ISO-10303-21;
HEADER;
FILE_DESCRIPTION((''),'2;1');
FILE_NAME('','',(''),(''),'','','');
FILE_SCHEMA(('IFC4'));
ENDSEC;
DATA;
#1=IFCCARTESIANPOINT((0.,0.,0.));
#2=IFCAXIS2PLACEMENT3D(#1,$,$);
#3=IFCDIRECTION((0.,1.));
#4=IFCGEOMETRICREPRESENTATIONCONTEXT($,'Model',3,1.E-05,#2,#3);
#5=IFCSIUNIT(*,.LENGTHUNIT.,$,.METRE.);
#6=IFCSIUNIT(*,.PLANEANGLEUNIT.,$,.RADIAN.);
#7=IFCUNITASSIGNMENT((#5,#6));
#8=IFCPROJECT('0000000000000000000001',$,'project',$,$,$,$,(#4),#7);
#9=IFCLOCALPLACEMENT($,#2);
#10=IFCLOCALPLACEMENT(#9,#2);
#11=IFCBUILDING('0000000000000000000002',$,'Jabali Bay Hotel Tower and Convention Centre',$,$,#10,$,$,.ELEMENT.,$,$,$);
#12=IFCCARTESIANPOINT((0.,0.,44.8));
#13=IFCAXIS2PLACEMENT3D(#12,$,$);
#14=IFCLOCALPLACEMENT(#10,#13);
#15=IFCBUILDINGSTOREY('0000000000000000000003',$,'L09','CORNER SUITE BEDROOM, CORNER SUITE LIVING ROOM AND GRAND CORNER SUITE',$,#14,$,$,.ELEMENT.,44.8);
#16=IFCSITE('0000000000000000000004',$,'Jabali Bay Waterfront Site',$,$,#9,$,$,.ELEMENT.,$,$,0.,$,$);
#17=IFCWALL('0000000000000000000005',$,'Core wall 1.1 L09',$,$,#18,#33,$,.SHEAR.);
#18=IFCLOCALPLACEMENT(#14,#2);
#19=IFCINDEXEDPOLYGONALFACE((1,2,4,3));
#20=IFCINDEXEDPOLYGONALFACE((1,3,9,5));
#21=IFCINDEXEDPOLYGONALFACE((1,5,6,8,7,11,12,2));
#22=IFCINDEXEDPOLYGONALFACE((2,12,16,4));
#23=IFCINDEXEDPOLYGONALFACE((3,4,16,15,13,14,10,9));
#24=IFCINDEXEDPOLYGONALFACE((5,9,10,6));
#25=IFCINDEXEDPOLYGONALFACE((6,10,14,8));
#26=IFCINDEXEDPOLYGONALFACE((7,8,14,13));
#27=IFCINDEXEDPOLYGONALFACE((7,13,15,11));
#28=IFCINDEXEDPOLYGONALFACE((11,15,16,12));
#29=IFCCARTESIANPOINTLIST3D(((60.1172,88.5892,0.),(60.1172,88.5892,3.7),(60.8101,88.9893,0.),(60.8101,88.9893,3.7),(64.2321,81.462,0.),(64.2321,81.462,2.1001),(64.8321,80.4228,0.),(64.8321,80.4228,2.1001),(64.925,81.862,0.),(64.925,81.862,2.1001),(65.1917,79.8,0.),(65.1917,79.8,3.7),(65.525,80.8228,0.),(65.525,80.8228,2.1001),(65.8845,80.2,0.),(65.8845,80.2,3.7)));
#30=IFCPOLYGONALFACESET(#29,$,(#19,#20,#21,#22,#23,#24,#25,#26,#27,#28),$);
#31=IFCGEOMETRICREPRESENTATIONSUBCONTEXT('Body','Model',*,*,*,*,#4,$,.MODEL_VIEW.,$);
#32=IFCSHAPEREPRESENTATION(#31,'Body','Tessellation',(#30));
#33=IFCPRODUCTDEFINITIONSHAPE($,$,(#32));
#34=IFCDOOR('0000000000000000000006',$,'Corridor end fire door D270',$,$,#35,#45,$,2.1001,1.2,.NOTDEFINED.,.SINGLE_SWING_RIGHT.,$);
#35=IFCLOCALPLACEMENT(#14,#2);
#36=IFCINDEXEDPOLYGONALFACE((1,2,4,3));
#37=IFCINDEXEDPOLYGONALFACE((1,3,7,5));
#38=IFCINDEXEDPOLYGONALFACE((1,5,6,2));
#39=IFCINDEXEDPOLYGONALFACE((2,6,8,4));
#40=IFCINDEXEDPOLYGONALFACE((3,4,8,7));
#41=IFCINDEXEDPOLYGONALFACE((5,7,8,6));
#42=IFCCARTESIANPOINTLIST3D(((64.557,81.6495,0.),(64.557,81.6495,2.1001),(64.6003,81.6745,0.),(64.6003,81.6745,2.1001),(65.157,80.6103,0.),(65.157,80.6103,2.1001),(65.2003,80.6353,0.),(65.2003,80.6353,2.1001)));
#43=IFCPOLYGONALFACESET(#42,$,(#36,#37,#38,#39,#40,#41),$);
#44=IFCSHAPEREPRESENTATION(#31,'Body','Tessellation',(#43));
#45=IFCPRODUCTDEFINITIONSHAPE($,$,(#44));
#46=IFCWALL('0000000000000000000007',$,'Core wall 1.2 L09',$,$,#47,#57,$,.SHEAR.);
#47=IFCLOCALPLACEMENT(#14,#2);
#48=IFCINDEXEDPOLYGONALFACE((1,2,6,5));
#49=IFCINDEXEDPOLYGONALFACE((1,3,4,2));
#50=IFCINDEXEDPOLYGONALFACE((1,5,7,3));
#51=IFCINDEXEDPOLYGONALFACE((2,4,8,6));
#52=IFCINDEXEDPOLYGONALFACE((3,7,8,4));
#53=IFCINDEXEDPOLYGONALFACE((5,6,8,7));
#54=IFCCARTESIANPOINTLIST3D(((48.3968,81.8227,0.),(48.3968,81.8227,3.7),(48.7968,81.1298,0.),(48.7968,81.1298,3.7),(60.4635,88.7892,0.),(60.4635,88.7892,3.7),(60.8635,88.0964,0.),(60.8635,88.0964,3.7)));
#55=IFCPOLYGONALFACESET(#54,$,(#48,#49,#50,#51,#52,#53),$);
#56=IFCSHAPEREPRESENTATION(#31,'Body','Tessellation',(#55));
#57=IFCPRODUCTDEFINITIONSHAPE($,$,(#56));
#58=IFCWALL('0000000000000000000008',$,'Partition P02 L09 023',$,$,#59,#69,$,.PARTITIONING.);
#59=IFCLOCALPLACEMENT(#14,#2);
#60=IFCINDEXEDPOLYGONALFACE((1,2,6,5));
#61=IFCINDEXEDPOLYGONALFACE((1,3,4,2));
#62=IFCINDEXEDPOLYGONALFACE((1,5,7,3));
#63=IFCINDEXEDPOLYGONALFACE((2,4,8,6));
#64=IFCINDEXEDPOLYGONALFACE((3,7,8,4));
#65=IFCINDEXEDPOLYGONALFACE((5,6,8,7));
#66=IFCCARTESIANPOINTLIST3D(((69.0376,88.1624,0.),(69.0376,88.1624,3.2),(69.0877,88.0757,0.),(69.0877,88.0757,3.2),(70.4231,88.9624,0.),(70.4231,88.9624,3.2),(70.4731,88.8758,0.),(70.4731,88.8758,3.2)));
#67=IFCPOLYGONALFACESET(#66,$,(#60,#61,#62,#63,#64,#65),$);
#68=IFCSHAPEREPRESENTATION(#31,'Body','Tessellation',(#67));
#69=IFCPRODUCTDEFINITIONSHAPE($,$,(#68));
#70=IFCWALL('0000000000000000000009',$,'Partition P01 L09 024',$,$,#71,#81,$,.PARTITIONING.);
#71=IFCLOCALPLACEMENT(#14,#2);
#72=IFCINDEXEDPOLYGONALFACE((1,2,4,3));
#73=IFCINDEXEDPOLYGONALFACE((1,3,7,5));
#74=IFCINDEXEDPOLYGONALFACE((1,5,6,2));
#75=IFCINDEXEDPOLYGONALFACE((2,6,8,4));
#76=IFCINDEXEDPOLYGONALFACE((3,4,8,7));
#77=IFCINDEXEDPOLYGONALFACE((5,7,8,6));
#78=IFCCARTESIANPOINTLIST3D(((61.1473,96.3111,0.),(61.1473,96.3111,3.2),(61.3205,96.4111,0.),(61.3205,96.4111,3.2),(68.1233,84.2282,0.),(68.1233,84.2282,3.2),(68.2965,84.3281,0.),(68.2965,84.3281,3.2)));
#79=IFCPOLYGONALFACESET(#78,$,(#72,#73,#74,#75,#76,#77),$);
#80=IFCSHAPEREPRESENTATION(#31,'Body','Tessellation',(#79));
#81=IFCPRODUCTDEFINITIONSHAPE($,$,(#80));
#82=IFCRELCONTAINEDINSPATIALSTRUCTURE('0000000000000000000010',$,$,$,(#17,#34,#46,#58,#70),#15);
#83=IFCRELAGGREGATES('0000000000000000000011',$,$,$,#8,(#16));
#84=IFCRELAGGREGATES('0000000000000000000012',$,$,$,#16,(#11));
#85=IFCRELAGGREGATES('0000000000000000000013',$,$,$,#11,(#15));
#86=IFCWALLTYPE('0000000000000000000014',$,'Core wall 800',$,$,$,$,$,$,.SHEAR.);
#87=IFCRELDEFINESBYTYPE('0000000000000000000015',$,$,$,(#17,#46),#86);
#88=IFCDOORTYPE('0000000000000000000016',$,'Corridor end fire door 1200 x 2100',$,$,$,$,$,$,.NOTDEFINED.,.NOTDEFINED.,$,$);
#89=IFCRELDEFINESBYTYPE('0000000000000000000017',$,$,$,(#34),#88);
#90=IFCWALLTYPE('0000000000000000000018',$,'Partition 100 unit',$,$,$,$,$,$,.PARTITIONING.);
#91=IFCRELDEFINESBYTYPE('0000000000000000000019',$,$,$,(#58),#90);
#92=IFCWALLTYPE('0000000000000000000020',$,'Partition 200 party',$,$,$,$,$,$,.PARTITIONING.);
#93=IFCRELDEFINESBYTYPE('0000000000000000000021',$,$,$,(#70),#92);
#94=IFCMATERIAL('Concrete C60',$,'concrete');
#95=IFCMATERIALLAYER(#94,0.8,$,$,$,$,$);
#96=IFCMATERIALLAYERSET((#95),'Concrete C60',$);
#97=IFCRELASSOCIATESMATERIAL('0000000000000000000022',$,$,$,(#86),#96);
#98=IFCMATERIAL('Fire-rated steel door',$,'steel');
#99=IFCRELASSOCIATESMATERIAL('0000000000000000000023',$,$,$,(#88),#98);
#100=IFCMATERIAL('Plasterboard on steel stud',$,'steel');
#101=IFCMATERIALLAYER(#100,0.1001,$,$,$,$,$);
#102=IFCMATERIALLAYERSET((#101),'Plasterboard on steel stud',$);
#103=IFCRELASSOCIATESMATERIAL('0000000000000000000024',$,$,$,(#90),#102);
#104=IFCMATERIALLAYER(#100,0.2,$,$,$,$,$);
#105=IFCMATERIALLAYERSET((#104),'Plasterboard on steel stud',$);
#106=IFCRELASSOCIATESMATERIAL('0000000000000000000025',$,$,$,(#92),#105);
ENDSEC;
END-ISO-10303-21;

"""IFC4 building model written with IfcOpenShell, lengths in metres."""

from ifc_helpers import new_model, si_unit, direction, frame, frame_2d, origin, place, context, subcontext, project, spatial, rectangle, extrude, material, layer, layer_set, type_object, element, fill, save


model = new_model("IFC4")

# Units and contexts
model_context = context("Model", 3, precision=1e-05, world=origin(), true_north=direction((0.0, 1.0)))
body_context = subcontext(model_context, "Body", "Model", "MODEL_VIEW")
ifc_project = project(units=[si_unit("LENGTHUNIT", "METRE"), si_unit("PLANEANGLEUNIT", "RADIAN")], contexts=[model_context])

# Site, building, storey
site_placement = place(None, origin())
site = spatial("IfcSite", under=ifc_project, at=site_placement, Name="Jabali Bay Waterfront Site", CompositionType="ELEMENT", RefElevation=0.0)
building_placement = place(site_placement, origin())
building = spatial("IfcBuilding", under=site, at=building_placement, Name="Jabali Bay Hotel Tower and Convention Centre", CompositionType="ELEMENT")
storey_placement = place(building_placement, frame((0.0, 0.0, 44.8)))
storey = spatial("IfcBuildingStorey", under=building, at=storey_placement, Name="L09", Description="CORNER SUITE BEDROOM, CORNER SUITE LIVING ROOM AND GRAND CORNER SUITE", CompositionType="ELEMENT", Elevation=44.8)

# Shared definitions
ifc_material_1 = material(Name="Fire-rated steel door", Category="steel")

# Wall, opening, door
ifc_material_2 = material(Name="Concrete C60", Category="concrete")
ifc_layer_1 = layer(ifc_material_2, 0.8)
ifc_layer_set_1 = layer_set([ifc_layer_1], Name="Concrete C60")
wall_type_1 = type_object("IfcWallType", Name="Core wall 800", PredefinedType="SHEAR", material=ifc_layer_set_1)
wall_1_placement = place(storey_placement, frame((65.5381, 80.0, 0.0), z_axis=(0.0, 0.0, 1.0), x_axis=(-0.499997, 0.866027, 0.0)))
wall_1 = element("IfcWall", 1, at=wall_1_placement, inside=storey, type_object=wall_type_1, Name="Core wall 1.1 L09", PredefinedType="SHEAR", context=body_context, shape_type="SweptSolid", body=[
    extrude(rectangle(XDim=10.1489, YDim=0.8, at=frame_2d((5.0745, 0.0))), origin(), (0.0, 0.0, 1.0), 3.7),
])
opening_1_placement = place(wall_1_placement, frame((0.719, 0.0, 0.0)))
opening_1 = element("IfcOpeningElement", 2, at=opening_1_placement, cuts=wall_1, PredefinedType="OPENING", context=body_context, shape_type="SweptSolid", body=[
    extrude(rectangle(XDim=1.2, YDim=2.1001, at=frame_2d((0.6001, 1.05))), frame((0.0, 0.4106, 0.0), z_axis=(0.0, -1.0, 0.0), x_axis=(1.0, 0.0, 0.0)), (0.0, 0.0, 1.0), 0.821),
])
door_type_1 = type_object("IfcDoorType", Name="Corridor end fire door 1200 x 2100", OperationType="NOTDEFINED", PredefinedType="NOTDEFINED", material=ifc_material_1)
door_1_placement = place(opening_1_placement, origin())
door_1 = element("IfcDoor", 3, at=door_1_placement, inside=storey, type_object=door_type_1, Name="Corridor end fire door D270", OperationType="SINGLE_SWING_RIGHT", OverallHeight=2.1001, OverallWidth=1.2, PredefinedType="NOTDEFINED", context=body_context, shape_type="SweptSolid", body=[
    extrude(rectangle(XDim=1.2, YDim=2.1001, at=frame_2d((0.6001, 1.05))), frame((0.0, 0.0249, 0.0), z_axis=(0.0, -1.0, 0.0), x_axis=(1.0, 0.0, 0.0)), (0.0, 0.0, 1.0), 0.05),
])
fill(opening_1, door_1)

# Walls
wall_2_placement = place(storey_placement, frame((60.6636, 88.4429, 0.0), z_axis=(0.0, 0.0, 1.0), x_axis=(-0.866029, -0.499993, 0.0)))
element("IfcWall", 4, at=wall_2_placement, inside=storey, type_object=wall_type_1, Name="Core wall 1.2 L09", PredefinedType="SHEAR", context=body_context, shape_type="SweptSolid", body=[
    extrude(rectangle(XDim=13.9333, YDim=0.8, at=frame_2d((6.9668, 0.0))), origin(), (0.0, 0.0, 1.0), 3.7),
])
ifc_material_3 = material(Name="Plasterboard on steel stud", Category="steel")
ifc_layer_2 = layer(ifc_material_3, 0.1001)
ifc_layer_set_2 = layer_set([ifc_layer_2], Name="Plasterboard on steel stud")
wall_type_2 = type_object("IfcWallType", Name="Partition 100 unit", PredefinedType="PARTITIONING", material=ifc_layer_set_2)
wall_3_placement = place(storey_placement, frame((69.0627, 88.1191, 0.0), z_axis=(0.0, 0.0, 1.0), x_axis=(0.86599, 0.500061, 0.0)))
element("IfcWall", 5, at=wall_3_placement, inside=storey, type_object=wall_type_2, Name="Partition P02 L09 023", PredefinedType="PARTITIONING", context=body_context, shape_type="SweptSolid", body=[
    extrude(rectangle(XDim=1.5999, YDim=0.1001, at=frame_2d((0.7998, 0.0))), origin(), (0.0, 0.0, 1.0), 3.2),
])
ifc_layer_3 = layer(ifc_material_3, 0.2)
ifc_layer_set_3 = layer_set([ifc_layer_3], Name="Plasterboard on steel stud")
wall_type_3 = type_object("IfcWallType", Name="Partition 200 party", PredefinedType="PARTITIONING", material=ifc_layer_set_3)
wall_4_placement = place(storey_placement, frame((61.2339, 96.3611, 0.0), z_axis=(0.0, 0.0, 1.0), x_axis=(0.499997, -0.866027, 0.0)))
element("IfcWall", 6, at=wall_4_placement, inside=storey, type_object=wall_type_3, Name="Partition P01 L09 024", PredefinedType="PARTITIONING", context=body_context, shape_type="SweptSolid", body=[
    extrude(rectangle(XDim=13.9521, YDim=0.2, at=frame_2d((6.9761, 0.0))), origin(), (0.0, 0.0, 1.0), 3.2),
])

save(model, "model.ifc")
